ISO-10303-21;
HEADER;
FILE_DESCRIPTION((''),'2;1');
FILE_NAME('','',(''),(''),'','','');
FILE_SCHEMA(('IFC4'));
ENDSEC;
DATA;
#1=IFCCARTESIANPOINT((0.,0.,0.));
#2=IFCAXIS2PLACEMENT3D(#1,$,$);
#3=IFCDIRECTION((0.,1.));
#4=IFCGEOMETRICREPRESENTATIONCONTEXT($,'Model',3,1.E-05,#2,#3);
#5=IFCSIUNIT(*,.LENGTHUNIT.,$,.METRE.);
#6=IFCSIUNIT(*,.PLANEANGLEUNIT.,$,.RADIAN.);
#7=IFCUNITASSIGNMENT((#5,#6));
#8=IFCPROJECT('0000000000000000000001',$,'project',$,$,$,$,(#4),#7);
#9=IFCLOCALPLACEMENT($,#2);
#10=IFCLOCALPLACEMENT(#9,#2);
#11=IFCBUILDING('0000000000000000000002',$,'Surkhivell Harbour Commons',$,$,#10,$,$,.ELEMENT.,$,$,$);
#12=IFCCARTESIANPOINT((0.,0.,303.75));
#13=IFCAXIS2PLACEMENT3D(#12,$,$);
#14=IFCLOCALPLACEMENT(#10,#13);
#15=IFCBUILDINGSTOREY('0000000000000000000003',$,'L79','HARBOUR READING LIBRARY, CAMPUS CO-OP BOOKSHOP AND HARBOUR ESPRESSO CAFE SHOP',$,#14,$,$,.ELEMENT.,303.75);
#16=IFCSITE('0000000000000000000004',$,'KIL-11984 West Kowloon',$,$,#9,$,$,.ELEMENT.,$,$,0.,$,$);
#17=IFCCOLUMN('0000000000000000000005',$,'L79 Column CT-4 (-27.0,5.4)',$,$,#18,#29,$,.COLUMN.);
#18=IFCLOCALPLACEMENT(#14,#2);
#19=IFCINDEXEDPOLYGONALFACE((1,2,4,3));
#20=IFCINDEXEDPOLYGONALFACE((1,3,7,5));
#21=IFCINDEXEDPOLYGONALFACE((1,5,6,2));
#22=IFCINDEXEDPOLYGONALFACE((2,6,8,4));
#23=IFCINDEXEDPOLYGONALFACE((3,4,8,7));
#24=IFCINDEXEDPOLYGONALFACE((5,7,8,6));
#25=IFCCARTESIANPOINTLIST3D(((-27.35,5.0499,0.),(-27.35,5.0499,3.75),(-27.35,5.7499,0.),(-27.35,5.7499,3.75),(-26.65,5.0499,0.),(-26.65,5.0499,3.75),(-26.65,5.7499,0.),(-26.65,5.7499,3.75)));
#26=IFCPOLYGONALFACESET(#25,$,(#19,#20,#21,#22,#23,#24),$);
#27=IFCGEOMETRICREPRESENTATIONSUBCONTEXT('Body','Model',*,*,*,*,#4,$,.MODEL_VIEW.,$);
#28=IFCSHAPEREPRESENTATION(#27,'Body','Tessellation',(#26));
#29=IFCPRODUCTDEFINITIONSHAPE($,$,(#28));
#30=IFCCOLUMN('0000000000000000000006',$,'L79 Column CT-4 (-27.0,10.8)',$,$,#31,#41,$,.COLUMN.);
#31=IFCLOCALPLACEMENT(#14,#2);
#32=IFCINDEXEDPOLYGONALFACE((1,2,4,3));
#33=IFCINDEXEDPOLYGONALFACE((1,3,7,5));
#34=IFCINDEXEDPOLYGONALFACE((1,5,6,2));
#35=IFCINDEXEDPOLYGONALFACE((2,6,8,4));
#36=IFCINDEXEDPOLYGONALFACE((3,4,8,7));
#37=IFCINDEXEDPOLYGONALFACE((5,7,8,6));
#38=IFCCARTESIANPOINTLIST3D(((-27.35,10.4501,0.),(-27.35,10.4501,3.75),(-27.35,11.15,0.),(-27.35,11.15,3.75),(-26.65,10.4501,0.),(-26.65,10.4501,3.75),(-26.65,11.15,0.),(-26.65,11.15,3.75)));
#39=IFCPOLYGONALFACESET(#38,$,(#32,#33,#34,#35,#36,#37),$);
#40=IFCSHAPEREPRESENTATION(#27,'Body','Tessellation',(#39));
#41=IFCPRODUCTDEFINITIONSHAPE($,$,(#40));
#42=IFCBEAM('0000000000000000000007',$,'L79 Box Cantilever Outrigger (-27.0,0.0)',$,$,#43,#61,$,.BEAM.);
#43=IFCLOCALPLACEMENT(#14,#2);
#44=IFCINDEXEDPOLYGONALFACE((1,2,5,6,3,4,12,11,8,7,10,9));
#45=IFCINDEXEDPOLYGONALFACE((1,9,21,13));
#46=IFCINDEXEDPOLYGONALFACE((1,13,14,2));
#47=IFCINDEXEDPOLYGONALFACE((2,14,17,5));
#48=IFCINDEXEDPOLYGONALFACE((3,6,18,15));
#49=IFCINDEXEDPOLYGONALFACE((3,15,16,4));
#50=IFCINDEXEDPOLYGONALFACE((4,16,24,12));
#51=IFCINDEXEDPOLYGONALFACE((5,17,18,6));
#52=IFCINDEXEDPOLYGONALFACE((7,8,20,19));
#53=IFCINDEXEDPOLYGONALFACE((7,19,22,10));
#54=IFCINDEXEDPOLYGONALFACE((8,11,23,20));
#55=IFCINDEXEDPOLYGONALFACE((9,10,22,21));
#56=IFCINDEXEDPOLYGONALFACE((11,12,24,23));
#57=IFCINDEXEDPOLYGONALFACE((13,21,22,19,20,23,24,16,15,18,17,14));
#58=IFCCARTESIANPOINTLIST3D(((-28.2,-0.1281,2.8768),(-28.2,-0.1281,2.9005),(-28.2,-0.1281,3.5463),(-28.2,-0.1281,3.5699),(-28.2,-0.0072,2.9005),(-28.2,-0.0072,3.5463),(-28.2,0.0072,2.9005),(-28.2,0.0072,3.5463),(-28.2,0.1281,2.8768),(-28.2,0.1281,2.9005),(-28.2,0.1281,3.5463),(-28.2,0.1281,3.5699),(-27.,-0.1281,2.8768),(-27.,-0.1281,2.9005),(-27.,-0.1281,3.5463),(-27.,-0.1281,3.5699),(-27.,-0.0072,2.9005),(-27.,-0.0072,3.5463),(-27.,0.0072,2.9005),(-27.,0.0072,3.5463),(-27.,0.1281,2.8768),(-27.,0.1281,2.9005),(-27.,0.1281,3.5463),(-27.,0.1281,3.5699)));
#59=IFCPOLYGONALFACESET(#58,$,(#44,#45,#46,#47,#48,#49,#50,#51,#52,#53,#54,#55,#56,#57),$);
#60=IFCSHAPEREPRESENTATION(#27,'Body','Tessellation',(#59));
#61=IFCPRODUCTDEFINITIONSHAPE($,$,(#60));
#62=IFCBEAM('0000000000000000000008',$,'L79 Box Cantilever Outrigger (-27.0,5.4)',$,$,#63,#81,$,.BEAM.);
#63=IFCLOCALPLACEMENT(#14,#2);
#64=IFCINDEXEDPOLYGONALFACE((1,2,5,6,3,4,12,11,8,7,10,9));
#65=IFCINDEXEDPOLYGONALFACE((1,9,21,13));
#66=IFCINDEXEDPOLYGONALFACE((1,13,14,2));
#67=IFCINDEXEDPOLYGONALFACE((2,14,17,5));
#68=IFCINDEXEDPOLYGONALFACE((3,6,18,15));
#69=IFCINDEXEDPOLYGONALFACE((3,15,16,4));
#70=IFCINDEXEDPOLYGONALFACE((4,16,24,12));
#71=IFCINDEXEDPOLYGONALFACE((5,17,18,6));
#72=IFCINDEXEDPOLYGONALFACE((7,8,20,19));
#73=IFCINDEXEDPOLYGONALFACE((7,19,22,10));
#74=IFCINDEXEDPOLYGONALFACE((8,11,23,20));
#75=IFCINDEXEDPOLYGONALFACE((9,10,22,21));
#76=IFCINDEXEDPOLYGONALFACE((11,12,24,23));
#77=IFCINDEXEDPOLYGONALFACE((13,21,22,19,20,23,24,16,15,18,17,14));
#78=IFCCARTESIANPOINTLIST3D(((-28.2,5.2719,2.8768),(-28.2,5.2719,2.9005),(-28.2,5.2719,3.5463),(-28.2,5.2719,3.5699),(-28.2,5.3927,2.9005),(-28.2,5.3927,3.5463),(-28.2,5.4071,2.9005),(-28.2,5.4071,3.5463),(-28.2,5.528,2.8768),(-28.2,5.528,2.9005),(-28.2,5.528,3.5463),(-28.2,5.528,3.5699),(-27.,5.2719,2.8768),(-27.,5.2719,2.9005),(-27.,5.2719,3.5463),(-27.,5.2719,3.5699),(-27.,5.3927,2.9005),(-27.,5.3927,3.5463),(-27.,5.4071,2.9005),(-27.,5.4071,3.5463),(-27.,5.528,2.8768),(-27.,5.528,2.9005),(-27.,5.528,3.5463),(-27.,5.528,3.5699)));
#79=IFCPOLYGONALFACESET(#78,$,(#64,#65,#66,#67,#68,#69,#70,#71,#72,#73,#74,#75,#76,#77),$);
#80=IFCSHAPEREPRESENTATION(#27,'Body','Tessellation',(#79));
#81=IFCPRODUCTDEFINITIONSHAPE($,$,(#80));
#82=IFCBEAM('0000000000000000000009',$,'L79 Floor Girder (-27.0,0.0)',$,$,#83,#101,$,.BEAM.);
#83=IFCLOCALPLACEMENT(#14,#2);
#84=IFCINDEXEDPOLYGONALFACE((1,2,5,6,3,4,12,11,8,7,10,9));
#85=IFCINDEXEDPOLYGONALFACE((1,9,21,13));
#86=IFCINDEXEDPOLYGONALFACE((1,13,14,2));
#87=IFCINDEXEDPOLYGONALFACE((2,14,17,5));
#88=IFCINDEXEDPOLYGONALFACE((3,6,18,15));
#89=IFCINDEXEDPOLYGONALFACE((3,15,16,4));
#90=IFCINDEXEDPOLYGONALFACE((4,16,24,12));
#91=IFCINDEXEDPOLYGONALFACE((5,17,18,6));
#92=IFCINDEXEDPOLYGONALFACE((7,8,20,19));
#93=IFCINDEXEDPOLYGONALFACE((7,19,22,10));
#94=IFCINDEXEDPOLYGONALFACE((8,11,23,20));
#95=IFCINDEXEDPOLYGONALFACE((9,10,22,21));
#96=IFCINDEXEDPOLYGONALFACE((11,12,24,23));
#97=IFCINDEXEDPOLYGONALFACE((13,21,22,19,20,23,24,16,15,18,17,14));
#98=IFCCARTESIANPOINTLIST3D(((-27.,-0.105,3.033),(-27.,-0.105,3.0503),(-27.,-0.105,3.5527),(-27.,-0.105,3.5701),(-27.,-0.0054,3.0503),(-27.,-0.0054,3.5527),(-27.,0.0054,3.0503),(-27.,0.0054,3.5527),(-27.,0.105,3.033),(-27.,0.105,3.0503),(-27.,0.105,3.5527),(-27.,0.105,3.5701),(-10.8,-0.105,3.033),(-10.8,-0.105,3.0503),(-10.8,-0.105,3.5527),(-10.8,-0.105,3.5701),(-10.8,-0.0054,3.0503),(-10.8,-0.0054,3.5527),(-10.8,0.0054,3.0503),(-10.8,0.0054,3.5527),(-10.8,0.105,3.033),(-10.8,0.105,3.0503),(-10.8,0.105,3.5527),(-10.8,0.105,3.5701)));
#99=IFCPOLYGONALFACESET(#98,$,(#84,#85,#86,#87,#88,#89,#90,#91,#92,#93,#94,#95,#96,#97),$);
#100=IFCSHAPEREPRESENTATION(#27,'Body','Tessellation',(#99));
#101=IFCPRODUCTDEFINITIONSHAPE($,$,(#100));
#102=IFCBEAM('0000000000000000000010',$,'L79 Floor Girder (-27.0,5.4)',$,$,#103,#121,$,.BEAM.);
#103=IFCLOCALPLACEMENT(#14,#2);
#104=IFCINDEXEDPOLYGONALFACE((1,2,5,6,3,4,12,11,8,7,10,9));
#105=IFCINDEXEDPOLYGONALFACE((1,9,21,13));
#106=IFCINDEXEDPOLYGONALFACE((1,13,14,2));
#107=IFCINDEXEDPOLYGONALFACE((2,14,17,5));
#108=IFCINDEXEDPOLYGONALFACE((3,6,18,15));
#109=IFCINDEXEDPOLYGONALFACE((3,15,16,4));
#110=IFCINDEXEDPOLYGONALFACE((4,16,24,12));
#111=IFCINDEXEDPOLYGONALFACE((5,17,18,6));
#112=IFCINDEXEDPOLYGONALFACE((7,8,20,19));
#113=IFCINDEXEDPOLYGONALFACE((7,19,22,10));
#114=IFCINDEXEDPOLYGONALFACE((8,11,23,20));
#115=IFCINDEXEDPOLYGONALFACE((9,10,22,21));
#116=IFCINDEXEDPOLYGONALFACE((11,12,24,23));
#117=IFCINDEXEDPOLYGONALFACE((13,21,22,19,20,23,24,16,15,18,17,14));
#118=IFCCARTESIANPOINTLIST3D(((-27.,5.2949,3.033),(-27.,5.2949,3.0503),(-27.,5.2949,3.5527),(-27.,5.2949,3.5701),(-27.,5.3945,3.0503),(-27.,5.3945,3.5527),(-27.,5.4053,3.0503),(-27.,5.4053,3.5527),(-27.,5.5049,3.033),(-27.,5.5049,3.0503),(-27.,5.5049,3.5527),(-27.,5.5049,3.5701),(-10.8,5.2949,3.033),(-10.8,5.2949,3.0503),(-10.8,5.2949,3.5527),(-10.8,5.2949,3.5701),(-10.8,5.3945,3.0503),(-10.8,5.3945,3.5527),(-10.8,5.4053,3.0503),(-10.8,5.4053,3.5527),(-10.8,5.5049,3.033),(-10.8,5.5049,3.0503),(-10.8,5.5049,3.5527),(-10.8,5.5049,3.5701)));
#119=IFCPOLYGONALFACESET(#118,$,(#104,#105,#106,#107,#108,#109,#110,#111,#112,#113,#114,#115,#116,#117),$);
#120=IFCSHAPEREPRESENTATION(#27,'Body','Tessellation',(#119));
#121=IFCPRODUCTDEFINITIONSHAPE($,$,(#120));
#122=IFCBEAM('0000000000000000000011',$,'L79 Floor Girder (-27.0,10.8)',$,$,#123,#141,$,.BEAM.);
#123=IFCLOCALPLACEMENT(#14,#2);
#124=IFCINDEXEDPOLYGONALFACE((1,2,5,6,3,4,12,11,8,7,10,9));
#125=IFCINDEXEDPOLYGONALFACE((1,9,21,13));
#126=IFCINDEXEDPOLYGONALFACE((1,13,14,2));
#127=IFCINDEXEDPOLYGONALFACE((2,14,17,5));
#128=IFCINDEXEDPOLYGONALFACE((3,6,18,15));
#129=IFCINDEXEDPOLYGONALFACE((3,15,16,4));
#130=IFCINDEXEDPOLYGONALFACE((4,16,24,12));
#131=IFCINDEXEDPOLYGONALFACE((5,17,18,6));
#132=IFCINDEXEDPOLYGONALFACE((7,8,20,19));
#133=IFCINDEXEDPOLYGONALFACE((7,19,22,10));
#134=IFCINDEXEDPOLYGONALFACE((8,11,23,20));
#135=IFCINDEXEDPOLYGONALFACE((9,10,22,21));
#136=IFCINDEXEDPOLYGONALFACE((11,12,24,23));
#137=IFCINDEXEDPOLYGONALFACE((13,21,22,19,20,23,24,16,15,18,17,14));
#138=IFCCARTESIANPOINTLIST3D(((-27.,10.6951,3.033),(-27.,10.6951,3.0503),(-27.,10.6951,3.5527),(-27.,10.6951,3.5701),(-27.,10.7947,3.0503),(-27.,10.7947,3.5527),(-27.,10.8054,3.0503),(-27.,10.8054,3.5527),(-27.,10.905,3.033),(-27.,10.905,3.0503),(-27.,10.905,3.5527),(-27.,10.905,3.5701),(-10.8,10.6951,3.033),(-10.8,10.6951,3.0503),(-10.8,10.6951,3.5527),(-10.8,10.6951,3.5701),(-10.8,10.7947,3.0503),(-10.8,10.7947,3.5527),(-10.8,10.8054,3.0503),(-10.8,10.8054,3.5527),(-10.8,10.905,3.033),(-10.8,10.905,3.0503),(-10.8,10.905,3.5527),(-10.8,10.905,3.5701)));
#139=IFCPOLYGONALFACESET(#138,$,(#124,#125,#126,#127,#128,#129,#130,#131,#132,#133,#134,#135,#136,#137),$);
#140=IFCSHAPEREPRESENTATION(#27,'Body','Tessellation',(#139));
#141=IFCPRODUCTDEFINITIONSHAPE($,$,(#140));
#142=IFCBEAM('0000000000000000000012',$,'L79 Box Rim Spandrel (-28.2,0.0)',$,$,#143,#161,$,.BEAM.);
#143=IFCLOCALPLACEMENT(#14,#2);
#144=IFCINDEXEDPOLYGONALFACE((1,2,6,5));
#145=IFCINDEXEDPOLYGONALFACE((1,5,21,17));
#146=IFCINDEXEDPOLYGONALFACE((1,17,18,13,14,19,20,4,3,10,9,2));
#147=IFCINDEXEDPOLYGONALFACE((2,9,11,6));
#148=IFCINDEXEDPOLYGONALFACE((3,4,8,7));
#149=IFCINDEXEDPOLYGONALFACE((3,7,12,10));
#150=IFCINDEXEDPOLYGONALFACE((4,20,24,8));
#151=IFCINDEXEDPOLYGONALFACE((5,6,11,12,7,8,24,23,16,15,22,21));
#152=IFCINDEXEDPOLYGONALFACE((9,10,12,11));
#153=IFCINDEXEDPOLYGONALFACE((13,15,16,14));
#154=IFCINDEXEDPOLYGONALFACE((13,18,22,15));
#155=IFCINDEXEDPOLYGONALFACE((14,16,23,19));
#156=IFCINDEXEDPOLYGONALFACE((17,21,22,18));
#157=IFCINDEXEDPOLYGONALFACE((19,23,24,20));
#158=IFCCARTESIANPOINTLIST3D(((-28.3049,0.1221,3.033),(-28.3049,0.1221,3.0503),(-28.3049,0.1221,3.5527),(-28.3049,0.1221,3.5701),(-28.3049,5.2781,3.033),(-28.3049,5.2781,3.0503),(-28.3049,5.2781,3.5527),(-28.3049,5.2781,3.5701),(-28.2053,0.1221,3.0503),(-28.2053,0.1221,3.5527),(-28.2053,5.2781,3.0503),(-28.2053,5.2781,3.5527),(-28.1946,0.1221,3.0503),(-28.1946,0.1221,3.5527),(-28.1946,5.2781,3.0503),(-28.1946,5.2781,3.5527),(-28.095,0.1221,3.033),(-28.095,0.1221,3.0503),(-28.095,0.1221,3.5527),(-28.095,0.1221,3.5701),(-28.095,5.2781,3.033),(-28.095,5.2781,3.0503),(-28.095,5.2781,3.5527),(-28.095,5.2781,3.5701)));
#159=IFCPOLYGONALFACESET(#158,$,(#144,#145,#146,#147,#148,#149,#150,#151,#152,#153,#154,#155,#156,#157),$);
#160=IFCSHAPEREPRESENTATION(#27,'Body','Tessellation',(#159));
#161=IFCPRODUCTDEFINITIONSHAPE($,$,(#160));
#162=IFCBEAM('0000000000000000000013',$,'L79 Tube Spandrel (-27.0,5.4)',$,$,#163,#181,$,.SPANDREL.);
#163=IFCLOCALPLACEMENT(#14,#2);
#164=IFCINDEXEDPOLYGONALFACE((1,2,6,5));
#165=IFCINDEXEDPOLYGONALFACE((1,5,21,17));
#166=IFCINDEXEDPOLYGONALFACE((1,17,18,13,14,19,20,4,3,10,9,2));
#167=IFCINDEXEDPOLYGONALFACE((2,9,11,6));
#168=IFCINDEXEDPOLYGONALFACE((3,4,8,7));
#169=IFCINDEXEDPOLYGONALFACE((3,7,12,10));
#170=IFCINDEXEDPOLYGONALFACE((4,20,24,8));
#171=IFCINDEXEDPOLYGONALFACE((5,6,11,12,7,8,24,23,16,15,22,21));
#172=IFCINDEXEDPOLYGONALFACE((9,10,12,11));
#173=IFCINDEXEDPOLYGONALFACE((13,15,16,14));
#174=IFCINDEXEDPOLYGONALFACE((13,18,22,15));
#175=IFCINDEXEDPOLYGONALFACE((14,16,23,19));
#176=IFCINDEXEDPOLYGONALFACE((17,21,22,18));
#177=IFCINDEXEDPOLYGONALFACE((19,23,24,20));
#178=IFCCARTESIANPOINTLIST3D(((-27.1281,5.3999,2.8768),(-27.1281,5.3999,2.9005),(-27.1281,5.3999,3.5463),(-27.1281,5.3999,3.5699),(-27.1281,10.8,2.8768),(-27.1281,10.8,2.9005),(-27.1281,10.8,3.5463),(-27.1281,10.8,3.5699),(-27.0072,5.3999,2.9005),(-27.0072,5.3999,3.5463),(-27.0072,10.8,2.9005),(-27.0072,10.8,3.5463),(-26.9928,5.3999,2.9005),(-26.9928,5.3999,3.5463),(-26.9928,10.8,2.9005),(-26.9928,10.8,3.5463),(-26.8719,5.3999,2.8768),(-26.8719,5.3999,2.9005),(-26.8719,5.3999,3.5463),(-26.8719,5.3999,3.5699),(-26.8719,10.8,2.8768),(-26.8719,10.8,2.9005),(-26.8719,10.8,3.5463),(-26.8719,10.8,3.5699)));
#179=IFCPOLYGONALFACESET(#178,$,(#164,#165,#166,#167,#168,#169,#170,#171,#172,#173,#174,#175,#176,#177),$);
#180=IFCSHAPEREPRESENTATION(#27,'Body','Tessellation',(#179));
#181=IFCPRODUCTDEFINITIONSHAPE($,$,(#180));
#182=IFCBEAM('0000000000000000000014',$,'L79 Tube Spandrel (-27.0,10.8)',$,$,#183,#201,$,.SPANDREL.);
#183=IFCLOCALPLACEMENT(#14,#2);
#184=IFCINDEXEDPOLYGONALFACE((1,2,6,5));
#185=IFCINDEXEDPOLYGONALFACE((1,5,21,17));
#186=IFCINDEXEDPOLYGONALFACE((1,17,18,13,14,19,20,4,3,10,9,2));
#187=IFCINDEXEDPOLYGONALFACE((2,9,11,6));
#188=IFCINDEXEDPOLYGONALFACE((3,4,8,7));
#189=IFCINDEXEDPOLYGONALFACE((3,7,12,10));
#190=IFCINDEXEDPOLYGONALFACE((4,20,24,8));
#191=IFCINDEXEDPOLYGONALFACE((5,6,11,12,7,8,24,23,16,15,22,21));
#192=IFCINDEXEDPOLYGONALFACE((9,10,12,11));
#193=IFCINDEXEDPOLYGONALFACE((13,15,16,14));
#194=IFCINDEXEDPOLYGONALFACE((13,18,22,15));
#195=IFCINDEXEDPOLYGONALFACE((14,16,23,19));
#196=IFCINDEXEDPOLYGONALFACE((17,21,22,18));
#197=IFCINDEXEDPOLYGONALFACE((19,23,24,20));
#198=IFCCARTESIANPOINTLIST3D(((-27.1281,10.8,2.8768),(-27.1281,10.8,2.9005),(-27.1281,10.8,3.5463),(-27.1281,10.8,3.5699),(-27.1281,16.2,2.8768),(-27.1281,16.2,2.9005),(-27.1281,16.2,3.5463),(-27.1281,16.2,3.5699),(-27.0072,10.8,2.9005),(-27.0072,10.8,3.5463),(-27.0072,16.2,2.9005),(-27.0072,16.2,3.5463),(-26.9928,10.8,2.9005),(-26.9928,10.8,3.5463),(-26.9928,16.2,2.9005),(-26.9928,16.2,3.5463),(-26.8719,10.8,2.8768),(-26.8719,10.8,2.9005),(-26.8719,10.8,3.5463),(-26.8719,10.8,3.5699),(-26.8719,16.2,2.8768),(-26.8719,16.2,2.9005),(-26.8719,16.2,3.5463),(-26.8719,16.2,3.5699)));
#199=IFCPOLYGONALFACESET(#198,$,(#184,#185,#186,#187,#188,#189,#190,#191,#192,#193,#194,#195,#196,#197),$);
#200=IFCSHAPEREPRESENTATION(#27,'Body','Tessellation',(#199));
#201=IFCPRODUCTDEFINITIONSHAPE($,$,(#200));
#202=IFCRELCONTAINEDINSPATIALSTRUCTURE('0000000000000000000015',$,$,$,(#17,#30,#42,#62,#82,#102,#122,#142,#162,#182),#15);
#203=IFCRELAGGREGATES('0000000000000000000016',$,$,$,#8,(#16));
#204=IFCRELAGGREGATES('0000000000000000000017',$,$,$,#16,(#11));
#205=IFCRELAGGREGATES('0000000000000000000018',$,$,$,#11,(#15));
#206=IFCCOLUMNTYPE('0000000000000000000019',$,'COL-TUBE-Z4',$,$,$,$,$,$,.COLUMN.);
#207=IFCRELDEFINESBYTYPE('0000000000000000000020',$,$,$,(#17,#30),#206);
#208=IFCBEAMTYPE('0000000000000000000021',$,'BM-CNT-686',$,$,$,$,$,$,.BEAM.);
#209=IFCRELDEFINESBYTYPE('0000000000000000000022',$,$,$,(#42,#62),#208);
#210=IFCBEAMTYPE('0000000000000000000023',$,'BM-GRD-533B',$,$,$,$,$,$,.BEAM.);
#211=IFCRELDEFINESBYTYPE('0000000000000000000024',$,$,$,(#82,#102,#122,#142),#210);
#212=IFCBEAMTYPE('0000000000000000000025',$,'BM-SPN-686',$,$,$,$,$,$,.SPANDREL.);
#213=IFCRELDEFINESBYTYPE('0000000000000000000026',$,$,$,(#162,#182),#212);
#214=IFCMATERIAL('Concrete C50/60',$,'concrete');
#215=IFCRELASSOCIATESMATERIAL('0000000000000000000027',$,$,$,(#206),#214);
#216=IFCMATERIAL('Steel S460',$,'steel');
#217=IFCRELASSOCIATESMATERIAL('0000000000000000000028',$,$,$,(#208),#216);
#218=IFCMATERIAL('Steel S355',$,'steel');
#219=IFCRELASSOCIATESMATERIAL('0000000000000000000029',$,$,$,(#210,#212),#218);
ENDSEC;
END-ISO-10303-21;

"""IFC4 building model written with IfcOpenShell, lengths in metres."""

from ifc_helpers import new_model, si_unit, direction, frame, origin, origin_2d, place, context, subcontext, project, spatial, rectangle, i_section, extrude, material, material_profile, profile_set, type_object, element, save


model = new_model("IFC4")

# Units and contexts
model_context = context("Model", 3, precision=1e-05, world=origin(), true_north=direction((0.0, 1.0)))
body_context = subcontext(model_context, "Body", "Model", "MODEL_VIEW")
ifc_project = project(units=[si_unit("LENGTHUNIT", "METRE"), si_unit("PLANEANGLEUNIT", "RADIAN")], contexts=[model_context])

# Site, building, storey
site_placement = place(None, origin())
site = spatial("IfcSite", under=ifc_project, at=site_placement, Name="KIL-11984 West Kowloon", CompositionType="ELEMENT", RefElevation=0.0)
building_placement = place(site_placement, origin())
building = spatial("IfcBuilding", under=site, at=building_placement, Name="Surkhivell Harbour Commons", CompositionType="ELEMENT")
storey_placement = place(building_placement, frame((0.0, 0.0, 303.75)))
storey = spatial("IfcBuildingStorey", under=building, at=storey_placement, Name="L79", Description="HARBOUR READING LIBRARY, CAMPUS CO-OP BOOKSHOP AND HARBOUR ESPRESSO CAFE SHOP", CompositionType="ELEMENT", Elevation=303.75)

# Columns
ifc_material_1 = material(Name="Concrete C50/60", Category="concrete")
ifc_material_profile_1 = material_profile(ifc_material_1, rectangle(XDim=0.7, YDim=0.7, at=origin_2d()), Name="RC-COL-700x700")
ifc_profile_set_1 = profile_set([ifc_material_profile_1], Name="Concrete C50/60")
column_type = type_object("IfcColumnType", Name="COL-TUBE-Z4", PredefinedType="COLUMN", material=ifc_profile_set_1)
for number, where, z_axis, x_axis, name in (
    (1, (-27.0, 5.3999, 0.0), (0.0, 0.0, 1.0), (1.0, 0.0, 0.0), "L79 Column CT-4 (-27.0,5.4)"),
    (2, (-27.0, 10.8, 0.0), (0.0, 0.0, 1.0), (1.0, 0.0, 0.0), "L79 Column CT-4 (-27.0,10.8)"),
):
    element("IfcColumn", number, at=place(storey_placement, frame(where, z_axis=z_axis, x_axis=x_axis)), inside=storey, type_object=column_type, Name=name, PredefinedType="COLUMN", context=body_context, shape_type="SweptSolid", body=[
        extrude(rectangle(XDim=0.7, YDim=0.7, at=origin_2d()), origin(), (0.0, 0.0, 1.0), 3.75),
    ])

# Beams
ifc_material_2 = material(Name="Steel S460", Category="steel")
ifc_material_profile_2 = material_profile(ifc_material_2, i_section(OverallWidth=0.2561, OverallDepth=0.6931, WebThickness=0.0144, FlangeThickness=0.0237, at=origin_2d()), Name="UB686x254x170")
ifc_profile_set_2 = profile_set([ifc_material_profile_2], Name="Steel S460")
beam_type_1 = type_object("IfcBeamType", Name="BM-CNT-686", PredefinedType="BEAM", material=ifc_profile_set_2)
for number, where, z_axis, x_axis, name in (
    (3, (-27.0, 0.0, 3.2234), (-1.0, 0.0, 0.0), (0.0, -1.0, 0.0), "L79 Box Cantilever Outrigger (-27.0,0.0)"),
    (4, (-27.0, 5.3999, 3.2234), (-1.0, 0.0, 0.0), (0.0, -1.0, 0.0), "L79 Box Cantilever Outrigger (-27.0,5.4)"),
):
    element("IfcBeam", number, at=place(storey_placement, frame(where, z_axis=z_axis, x_axis=x_axis)), inside=storey, type_object=beam_type_1, Name=name, PredefinedType="BEAM", context=body_context, shape_type="SweptSolid", body=[
        extrude(i_section(OverallWidth=0.2561, OverallDepth=0.6931, WebThickness=0.0144, FlangeThickness=0.0237, at=origin_2d()), origin(), (0.0, 0.0, 1.0), 1.2),
    ])
ifc_material_3 = material(Name="Steel S355", Category="steel")
ifc_material_profile_3 = material_profile(ifc_material_3, i_section(OverallWidth=0.21, OverallDepth=0.5371, WebThickness=0.0107, FlangeThickness=0.0173, at=origin_2d()), Name="UB533x210x101")
ifc_profile_set_3 = profile_set([ifc_material_profile_3], Name="Steel S355")
beam_type_2 = type_object("IfcBeamType", Name="BM-GRD-533B", PredefinedType="BEAM", material=ifc_profile_set_3)
for number, where, z_axis, x_axis, name in (
    (5, (-27.0, 0.0, 3.3015), (1.0, 0.0, 0.0), (0.0, 1.0, 0.0), "L79 Floor Girder (-27.0,0.0)"),
    (6, (-27.0, 5.3999, 3.3015), (1.0, 0.0, 0.0), (0.0, 1.0, 0.0), "L79 Floor Girder (-27.0,5.4)"),
    (7, (-27.0, 10.8, 3.3015), (1.0, 0.0, 0.0), (0.0, 1.0, 0.0), "L79 Floor Girder (-27.0,10.8)"),
):
    element("IfcBeam", number, at=place(storey_placement, frame(where, z_axis=z_axis, x_axis=x_axis)), inside=storey, type_object=beam_type_2, Name=name, PredefinedType="BEAM", context=body_context, shape_type="SweptSolid", body=[
        extrude(i_section(OverallWidth=0.21, OverallDepth=0.5371, WebThickness=0.0107, FlangeThickness=0.0173, at=origin_2d()), origin(), (0.0, 0.0, 1.0), 16.2),
    ])
beam_1_placement = place(storey_placement, frame((-28.2, 0.1221, 3.3015), z_axis=(0.0, 1.0, 0.0), x_axis=(-1.0, 0.0, 0.0)))
element("IfcBeam", 8, at=beam_1_placement, inside=storey, type_object=beam_type_2, Name="L79 Box Rim Spandrel (-28.2,0.0)", PredefinedType="BEAM", context=body_context, shape_type="SweptSolid", body=[
    extrude(i_section(OverallWidth=0.21, OverallDepth=0.5371, WebThickness=0.0107, FlangeThickness=0.0173, at=origin_2d()), origin(), (0.0, 0.0, 1.0), 5.156),
])
ifc_material_profile_4 = material_profile(ifc_material_3, i_section(OverallWidth=0.2561, OverallDepth=0.6931, WebThickness=0.0144, FlangeThickness=0.0237, at=origin_2d()), Name="UB686x254x170")
ifc_profile_set_4 = profile_set([ifc_material_profile_4], Name="Steel S355")
beam_type_3 = type_object("IfcBeamType", Name="BM-SPN-686", PredefinedType="SPANDREL", material=ifc_profile_set_4)
beam_2_placement = place(storey_placement, frame((-27.0, 5.3999, 3.2234), z_axis=(0.0, 1.0, 0.0), x_axis=(-1.0, 0.0, 0.0)))
element("IfcBeam", 9, at=beam_2_placement, inside=storey, type_object=beam_type_3, Name="L79 Tube Spandrel (-27.0,5.4)", PredefinedType="SPANDREL", context=body_context, shape_type="SweptSolid", body=[
    extrude(i_section(OverallWidth=0.2561, OverallDepth=0.6931, WebThickness=0.0144, FlangeThickness=0.0237, at=origin_2d()), origin(), (0.0, 0.0, 1.0), 5.4001),
])
beam_3_placement = place(storey_placement, frame((-27.0, 10.8, 3.2234), z_axis=(0.0, 1.0, 0.0), x_axis=(-1.0, 0.0, 0.0)))
element("IfcBeam", 10, at=beam_3_placement, inside=storey, type_object=beam_type_3, Name="L79 Tube Spandrel (-27.0,10.8)", PredefinedType="SPANDREL", context=body_context, shape_type="SweptSolid", body=[
    extrude(i_section(OverallWidth=0.2561, OverallDepth=0.6931, WebThickness=0.0144, FlangeThickness=0.0237, at=origin_2d()), origin(), (0.0, 0.0, 1.0), 5.3999),
])

save(model, "model.ifc")
